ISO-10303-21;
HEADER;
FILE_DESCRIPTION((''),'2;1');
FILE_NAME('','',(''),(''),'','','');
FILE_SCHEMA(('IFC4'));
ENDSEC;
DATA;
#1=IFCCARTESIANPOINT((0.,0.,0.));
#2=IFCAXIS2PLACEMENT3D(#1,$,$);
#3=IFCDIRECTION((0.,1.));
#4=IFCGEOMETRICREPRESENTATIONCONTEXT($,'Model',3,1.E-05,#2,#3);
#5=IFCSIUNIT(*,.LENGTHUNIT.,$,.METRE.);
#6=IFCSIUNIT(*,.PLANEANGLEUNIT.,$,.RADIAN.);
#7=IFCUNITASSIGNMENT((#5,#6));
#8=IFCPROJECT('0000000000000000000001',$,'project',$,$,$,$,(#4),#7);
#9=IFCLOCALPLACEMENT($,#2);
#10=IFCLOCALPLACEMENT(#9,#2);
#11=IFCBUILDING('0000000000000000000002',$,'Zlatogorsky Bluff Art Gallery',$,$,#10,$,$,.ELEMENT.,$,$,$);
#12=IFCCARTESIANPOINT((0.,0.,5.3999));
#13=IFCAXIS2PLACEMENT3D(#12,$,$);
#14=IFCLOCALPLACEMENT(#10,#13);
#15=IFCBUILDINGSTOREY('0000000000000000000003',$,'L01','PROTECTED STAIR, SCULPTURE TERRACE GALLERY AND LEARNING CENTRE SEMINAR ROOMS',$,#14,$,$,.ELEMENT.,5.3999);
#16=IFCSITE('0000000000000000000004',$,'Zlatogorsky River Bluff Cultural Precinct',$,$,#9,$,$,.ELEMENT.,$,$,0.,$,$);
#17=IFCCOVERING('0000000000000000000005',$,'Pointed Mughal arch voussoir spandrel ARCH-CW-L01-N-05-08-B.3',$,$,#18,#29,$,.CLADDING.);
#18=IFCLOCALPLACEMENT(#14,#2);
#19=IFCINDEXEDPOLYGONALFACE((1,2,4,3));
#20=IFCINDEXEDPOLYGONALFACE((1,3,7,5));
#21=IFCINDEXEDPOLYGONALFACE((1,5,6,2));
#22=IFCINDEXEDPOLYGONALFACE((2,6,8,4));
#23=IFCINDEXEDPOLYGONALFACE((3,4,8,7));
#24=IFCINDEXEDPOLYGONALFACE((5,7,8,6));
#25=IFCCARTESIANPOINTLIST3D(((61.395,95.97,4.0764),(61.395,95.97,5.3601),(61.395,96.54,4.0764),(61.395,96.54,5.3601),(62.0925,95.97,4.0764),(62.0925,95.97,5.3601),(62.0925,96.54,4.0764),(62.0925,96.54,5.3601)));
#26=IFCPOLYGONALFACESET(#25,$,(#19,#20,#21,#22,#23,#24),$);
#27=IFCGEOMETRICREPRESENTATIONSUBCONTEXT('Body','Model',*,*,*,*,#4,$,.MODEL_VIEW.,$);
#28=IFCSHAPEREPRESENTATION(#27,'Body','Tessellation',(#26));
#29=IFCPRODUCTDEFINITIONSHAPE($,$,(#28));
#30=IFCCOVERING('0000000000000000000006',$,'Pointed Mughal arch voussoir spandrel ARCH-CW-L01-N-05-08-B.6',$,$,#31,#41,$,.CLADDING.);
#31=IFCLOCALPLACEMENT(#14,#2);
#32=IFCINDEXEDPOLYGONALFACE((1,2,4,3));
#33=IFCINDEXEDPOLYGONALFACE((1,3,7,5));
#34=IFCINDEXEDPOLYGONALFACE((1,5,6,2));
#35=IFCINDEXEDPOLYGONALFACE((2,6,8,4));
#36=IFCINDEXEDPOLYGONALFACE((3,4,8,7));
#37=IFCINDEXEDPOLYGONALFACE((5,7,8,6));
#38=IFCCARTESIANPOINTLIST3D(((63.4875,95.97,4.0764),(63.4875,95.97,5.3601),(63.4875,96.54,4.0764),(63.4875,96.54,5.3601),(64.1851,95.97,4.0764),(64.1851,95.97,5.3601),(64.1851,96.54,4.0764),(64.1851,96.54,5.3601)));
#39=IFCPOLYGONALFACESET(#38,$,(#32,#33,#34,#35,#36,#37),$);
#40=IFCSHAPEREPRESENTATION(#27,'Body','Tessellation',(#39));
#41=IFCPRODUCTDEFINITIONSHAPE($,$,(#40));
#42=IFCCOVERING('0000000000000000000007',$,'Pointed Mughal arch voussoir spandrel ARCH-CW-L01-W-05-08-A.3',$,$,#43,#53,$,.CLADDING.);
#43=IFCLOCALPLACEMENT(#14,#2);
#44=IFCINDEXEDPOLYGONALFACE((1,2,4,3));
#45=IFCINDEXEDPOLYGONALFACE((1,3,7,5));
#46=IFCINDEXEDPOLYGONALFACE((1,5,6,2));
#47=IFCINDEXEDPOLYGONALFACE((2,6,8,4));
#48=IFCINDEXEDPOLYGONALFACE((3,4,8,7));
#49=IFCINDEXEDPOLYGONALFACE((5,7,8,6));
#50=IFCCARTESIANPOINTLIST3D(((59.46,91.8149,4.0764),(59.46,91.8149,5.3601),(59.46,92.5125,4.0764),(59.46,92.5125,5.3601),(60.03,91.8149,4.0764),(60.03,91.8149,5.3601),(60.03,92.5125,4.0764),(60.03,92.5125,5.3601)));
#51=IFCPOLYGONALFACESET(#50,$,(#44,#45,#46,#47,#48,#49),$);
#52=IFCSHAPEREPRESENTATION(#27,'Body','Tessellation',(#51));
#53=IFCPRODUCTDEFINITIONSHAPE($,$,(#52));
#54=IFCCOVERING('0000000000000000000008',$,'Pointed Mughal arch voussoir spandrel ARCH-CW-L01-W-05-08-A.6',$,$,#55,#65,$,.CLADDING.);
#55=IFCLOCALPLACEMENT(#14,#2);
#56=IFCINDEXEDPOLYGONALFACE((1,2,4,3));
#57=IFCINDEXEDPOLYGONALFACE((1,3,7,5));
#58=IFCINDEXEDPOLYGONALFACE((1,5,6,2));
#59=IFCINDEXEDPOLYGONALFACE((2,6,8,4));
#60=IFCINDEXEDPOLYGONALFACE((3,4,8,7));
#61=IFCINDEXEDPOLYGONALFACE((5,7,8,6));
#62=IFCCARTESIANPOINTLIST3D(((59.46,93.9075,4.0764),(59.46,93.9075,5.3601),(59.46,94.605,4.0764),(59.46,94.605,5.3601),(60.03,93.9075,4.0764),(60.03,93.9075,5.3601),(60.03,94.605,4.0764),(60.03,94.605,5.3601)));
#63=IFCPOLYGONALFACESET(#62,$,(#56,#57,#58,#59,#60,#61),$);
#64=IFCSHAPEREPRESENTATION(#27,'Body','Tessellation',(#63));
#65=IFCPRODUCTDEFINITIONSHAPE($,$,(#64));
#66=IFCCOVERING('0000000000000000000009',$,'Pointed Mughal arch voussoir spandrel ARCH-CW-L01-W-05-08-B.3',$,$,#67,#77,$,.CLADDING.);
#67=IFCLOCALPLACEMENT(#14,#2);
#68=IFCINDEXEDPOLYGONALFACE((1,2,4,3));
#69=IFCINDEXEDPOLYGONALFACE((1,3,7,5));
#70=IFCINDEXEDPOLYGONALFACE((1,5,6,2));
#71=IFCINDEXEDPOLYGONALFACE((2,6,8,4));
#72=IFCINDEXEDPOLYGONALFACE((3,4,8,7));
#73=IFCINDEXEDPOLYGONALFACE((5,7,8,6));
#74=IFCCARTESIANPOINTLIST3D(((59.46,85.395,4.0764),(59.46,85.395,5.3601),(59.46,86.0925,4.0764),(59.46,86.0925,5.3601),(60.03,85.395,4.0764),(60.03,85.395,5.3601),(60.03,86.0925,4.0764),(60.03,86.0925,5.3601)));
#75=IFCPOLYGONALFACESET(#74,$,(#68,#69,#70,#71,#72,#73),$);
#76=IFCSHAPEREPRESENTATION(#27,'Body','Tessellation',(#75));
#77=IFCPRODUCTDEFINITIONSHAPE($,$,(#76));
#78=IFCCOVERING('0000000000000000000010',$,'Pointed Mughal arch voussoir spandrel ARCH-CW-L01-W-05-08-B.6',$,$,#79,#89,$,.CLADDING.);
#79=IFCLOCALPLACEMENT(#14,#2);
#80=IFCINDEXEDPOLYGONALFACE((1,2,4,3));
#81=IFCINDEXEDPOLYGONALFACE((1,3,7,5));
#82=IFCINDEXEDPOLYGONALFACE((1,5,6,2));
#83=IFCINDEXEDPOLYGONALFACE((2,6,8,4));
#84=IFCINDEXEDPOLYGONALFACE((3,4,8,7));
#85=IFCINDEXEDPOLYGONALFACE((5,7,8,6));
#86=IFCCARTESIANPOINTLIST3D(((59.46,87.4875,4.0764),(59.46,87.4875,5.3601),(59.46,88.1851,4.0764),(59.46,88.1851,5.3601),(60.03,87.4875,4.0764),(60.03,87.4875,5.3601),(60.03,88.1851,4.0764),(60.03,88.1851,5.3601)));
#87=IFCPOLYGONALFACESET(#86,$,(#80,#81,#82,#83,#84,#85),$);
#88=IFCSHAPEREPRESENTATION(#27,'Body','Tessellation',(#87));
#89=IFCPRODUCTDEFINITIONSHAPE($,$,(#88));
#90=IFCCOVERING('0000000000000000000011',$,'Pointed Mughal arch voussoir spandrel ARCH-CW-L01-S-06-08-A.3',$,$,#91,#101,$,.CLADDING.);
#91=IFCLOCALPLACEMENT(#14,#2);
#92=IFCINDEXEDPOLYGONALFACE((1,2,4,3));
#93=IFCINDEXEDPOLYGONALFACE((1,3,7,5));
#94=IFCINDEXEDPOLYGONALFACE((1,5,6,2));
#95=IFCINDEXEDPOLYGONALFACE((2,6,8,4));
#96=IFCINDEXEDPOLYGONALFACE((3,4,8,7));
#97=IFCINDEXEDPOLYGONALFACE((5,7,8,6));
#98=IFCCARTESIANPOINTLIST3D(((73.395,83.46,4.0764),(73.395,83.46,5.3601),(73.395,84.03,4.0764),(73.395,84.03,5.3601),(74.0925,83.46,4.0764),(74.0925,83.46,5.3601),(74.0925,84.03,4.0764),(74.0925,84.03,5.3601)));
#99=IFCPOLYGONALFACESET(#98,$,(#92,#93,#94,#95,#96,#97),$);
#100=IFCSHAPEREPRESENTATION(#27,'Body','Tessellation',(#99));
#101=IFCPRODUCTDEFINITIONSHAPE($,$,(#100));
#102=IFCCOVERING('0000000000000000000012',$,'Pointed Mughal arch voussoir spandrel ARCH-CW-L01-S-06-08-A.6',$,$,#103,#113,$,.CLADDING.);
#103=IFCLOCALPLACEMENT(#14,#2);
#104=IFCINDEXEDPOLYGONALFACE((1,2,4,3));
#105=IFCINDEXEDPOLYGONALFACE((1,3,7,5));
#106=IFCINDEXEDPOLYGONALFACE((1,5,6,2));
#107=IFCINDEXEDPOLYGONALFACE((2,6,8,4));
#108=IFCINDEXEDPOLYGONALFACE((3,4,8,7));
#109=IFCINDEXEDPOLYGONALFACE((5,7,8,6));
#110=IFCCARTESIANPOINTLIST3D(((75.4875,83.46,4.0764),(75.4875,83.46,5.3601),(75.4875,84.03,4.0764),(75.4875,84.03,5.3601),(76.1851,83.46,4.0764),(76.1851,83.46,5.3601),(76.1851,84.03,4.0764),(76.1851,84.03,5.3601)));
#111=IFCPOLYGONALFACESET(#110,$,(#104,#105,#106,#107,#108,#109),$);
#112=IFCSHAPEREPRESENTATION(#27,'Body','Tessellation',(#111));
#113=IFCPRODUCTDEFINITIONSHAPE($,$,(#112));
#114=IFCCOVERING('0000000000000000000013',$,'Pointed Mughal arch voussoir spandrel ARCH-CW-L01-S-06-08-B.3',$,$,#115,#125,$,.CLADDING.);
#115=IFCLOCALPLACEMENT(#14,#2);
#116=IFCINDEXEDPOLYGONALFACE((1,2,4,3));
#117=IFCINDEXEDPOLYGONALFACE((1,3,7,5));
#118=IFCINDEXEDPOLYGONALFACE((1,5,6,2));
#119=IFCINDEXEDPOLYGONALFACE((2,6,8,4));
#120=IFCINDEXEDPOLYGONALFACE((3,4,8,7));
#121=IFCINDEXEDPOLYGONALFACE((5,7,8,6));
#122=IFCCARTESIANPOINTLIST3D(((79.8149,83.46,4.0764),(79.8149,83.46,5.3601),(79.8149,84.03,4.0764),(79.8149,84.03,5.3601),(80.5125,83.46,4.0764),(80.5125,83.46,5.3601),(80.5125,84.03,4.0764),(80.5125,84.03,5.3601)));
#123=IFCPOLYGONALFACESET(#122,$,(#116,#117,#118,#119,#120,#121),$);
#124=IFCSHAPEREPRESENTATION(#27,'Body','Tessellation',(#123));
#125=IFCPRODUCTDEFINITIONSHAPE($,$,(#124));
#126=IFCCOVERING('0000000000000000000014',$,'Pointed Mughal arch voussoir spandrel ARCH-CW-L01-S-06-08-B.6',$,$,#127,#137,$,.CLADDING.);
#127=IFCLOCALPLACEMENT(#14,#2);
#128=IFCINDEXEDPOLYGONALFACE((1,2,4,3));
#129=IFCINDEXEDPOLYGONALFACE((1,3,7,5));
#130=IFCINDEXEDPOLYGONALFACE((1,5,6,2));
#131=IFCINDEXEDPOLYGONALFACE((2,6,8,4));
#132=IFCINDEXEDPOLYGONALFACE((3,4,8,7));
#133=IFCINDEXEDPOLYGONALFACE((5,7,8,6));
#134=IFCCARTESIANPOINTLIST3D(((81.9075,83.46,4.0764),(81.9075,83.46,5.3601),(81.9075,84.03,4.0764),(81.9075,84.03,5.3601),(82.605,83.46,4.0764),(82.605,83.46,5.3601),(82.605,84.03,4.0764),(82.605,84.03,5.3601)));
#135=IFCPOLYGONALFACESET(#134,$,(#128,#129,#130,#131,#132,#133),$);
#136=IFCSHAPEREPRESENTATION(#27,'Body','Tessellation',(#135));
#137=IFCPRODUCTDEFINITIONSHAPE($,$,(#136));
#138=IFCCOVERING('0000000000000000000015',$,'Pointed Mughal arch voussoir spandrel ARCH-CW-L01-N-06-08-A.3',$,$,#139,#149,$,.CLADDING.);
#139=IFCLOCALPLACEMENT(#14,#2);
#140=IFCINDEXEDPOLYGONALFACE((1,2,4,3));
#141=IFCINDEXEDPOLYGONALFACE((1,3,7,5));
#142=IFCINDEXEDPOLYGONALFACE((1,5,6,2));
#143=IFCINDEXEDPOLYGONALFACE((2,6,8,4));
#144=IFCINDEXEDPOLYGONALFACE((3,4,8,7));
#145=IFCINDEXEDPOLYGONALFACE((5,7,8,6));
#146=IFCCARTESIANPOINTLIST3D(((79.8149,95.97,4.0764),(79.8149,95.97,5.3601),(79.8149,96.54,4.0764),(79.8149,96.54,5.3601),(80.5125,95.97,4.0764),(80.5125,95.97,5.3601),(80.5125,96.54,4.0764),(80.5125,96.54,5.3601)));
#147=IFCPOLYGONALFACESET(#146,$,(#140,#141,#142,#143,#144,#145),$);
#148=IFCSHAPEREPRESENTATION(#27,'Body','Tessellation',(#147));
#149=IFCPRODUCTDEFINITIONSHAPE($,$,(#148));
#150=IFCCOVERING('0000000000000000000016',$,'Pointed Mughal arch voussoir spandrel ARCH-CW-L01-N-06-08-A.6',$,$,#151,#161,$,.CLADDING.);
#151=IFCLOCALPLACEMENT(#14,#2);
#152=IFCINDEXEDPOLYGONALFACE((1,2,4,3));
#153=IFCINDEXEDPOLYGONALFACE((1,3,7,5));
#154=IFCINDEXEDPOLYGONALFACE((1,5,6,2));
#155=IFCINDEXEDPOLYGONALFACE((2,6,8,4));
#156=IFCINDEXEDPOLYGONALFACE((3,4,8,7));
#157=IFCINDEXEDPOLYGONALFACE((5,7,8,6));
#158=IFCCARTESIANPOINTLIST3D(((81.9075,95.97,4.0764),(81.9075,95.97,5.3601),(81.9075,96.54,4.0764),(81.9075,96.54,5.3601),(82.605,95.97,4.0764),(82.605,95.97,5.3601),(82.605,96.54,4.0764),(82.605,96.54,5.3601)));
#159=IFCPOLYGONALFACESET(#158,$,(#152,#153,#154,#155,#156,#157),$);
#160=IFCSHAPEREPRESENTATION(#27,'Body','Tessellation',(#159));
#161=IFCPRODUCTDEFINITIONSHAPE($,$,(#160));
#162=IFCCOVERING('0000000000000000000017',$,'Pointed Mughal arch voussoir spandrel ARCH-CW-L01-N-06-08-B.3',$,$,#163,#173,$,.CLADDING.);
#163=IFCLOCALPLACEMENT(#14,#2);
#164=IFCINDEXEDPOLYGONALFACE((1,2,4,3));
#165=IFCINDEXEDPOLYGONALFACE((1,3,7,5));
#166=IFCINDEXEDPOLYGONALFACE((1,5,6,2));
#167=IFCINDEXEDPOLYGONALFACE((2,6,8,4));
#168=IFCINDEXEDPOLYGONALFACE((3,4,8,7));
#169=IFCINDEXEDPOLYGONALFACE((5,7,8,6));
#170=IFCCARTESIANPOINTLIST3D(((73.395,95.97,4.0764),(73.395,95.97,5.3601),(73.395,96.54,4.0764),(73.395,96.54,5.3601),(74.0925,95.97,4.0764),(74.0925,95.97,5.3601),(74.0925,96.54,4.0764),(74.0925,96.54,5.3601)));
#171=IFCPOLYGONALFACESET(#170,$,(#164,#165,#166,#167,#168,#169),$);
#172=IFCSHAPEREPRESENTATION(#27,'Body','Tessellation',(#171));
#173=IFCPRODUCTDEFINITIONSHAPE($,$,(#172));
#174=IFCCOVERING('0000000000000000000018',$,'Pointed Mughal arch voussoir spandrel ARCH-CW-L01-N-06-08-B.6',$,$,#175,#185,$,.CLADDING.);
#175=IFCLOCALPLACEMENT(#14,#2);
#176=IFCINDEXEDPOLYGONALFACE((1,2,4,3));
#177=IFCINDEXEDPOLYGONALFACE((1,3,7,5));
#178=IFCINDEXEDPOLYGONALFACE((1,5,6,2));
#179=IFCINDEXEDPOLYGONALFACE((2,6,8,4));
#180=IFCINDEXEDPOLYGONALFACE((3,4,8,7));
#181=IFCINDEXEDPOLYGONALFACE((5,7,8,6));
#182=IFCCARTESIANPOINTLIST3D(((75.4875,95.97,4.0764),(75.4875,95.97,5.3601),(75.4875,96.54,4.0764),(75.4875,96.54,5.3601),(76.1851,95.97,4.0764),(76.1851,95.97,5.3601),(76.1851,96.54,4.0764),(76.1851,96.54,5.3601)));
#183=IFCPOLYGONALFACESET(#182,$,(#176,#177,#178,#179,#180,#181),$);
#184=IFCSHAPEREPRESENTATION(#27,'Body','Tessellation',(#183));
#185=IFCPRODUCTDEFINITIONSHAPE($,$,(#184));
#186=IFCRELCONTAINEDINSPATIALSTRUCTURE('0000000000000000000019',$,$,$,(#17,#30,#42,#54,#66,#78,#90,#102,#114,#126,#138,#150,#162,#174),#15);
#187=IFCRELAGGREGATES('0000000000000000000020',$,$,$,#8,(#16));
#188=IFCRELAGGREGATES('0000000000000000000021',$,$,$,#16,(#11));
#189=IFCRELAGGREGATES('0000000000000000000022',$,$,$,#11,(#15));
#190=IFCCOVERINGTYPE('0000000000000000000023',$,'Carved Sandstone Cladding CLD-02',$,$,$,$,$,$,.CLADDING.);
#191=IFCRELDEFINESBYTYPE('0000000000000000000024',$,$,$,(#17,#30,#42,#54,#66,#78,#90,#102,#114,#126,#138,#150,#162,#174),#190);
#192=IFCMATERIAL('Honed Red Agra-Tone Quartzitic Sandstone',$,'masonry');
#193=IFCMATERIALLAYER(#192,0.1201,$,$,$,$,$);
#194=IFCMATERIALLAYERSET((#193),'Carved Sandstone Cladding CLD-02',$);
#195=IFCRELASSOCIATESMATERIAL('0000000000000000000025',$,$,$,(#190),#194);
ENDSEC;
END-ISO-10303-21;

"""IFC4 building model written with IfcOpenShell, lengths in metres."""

from ifc_helpers import new_model, si_unit, direction, frame, origin, place, context, subcontext, project, spatial, polyline, outline, extrude, material, layer, layer_set, type_object, element, save


model = new_model("IFC4")

# Units and contexts
model_context = context("Model", 3, precision=1e-05, world=origin(), true_north=direction((0.0, 1.0)))
body_context = subcontext(model_context, "Body", "Model", "MODEL_VIEW")
ifc_project = project(units=[si_unit("LENGTHUNIT", "METRE"), si_unit("PLANEANGLEUNIT", "RADIAN")], contexts=[model_context])

# Site, building, storey
site_placement = place(None, origin())
site = spatial("IfcSite", under=ifc_project, at=site_placement, Name="Zlatogorsky River Bluff Cultural Precinct", CompositionType="ELEMENT", RefElevation=0.0)
building_placement = place(site_placement, origin())
building = spatial("IfcBuilding", under=site, at=building_placement, Name="Zlatogorsky Bluff Art Gallery", CompositionType="ELEMENT")
storey_placement = place(building_placement, frame((0.0, 0.0, 5.3999)))
storey = spatial("IfcBuildingStorey", under=building, at=storey_placement, Name="L01", Description="PROTECTED STAIR, SCULPTURE TERRACE GALLERY AND LEARNING CENTRE SEMINAR ROOMS", CompositionType="ELEMENT", Elevation=5.3999)

# Coverings
ifc_material = material(Name="Honed Red Agra-Tone Quartzitic Sandstone", Category="masonry")
ifc_layer = layer(ifc_material, 0.1201)
ifc_layer_set = layer_set([ifc_layer], Name="Carved Sandstone Cladding CLD-02")
covering_type = type_object("IfcCoveringType", Name="Carved Sandstone Cladding CLD-02", PredefinedType="CLADDING", material=ifc_layer_set)
covering_1_placement = place(storey_placement, frame((0.0, 0.0, 4.0764)))
element("IfcCovering", 1, at=covering_1_placement, inside=storey, type_object=covering_type, Name="Pointed Mughal arch voussoir spandrel ARCH-CW-L01-N-05-08-B.3", PredefinedType="CLADDING", context=body_context, shape_type="SweptSolid", body=[
    extrude(outline(polyline([(61.395, 95.97), (62.0925, 95.97), (62.0925, 96.54), (61.395, 96.54), (61.395, 95.97)])), origin(), (0.0, 0.0, 1.0), 1.2837),
])
covering_2_placement = place(storey_placement, frame((0.0, 0.0, 4.0764)))
element("IfcCovering", 2, at=covering_2_placement, inside=storey, type_object=covering_type, Name="Pointed Mughal arch voussoir spandrel ARCH-CW-L01-N-05-08-B.6", PredefinedType="CLADDING", context=body_context, shape_type="SweptSolid", body=[
    extrude(outline(polyline([(63.4875, 95.97), (64.1851, 95.97), (64.1851, 96.54), (63.4875, 96.54), (63.4875, 95.97)])), origin(), (0.0, 0.0, 1.0), 1.2837),
])
covering_3_placement = place(storey_placement, frame((0.0, 0.0, 4.0764)))
element("IfcCovering", 3, at=covering_3_placement, inside=storey, type_object=covering_type, Name="Pointed Mughal arch voussoir spandrel ARCH-CW-L01-W-05-08-A.3", PredefinedType="CLADDING", context=body_context, shape_type="SweptSolid", body=[
    extrude(outline(polyline([(59.46, 91.8149), (59.46, 92.5125), (60.03, 92.5125), (60.03, 91.8149), (59.46, 91.8149)])), origin(), (0.0, 0.0, 1.0), 1.2837),
])
covering_4_placement = place(storey_placement, frame((0.0, 0.0, 4.0764)))
element("IfcCovering", 4, at=covering_4_placement, inside=storey, type_object=covering_type, Name="Pointed Mughal arch voussoir spandrel ARCH-CW-L01-W-05-08-A.6", PredefinedType="CLADDING", context=body_context, shape_type="SweptSolid", body=[
    extrude(outline(polyline([(59.46, 93.9075), (59.46, 94.605), (60.03, 94.605), (60.03, 93.9075), (59.46, 93.9075)])), origin(), (0.0, 0.0, 1.0), 1.2837),
])
covering_5_placement = place(storey_placement, frame((0.0, 0.0, 4.0764)))
element("IfcCovering", 5, at=covering_5_placement, inside=storey, type_object=covering_type, Name="Pointed Mughal arch voussoir spandrel ARCH-CW-L01-W-05-08-B.3", PredefinedType="CLADDING", context=body_context, shape_type="SweptSolid", body=[
    extrude(outline(polyline([(59.46, 85.395), (59.46, 86.0925), (60.03, 86.0925), (60.03, 85.395), (59.46, 85.395)])), origin(), (0.0, 0.0, 1.0), 1.2837),
])
covering_6_placement = place(storey_placement, frame((0.0, 0.0, 4.0764)))
element("IfcCovering", 6, at=covering_6_placement, inside=storey, type_object=covering_type, Name="Pointed Mughal arch voussoir spandrel ARCH-CW-L01-W-05-08-B.6", PredefinedType="CLADDING", context=body_context, shape_type="SweptSolid", body=[
    extrude(outline(polyline([(59.46, 87.4875), (59.46, 88.1851), (60.03, 88.1851), (60.03, 87.4875), (59.46, 87.4875)])), origin(), (0.0, 0.0, 1.0), 1.2837),
])
covering_7_placement = place(storey_placement, frame((0.0, 0.0, 4.0764)))
element("IfcCovering", 7, at=covering_7_placement, inside=storey, type_object=covering_type, Name="Pointed Mughal arch voussoir spandrel ARCH-CW-L01-S-06-08-A.3", PredefinedType="CLADDING", context=body_context, shape_type="SweptSolid", body=[
    extrude(outline(polyline([(73.395, 83.46), (74.0925, 83.46), (74.0925, 84.03), (73.395, 84.03), (73.395, 83.46)])), origin(), (0.0, 0.0, 1.0), 1.2837),
])
covering_8_placement = place(storey_placement, frame((0.0, 0.0, 4.0764)))
element("IfcCovering", 8, at=covering_8_placement, inside=storey, type_object=covering_type, Name="Pointed Mughal arch voussoir spandrel ARCH-CW-L01-S-06-08-A.6", PredefinedType="CLADDING", context=body_context, shape_type="SweptSolid", body=[
    extrude(outline(polyline([(75.4875, 83.46), (76.1851, 83.46), (76.1851, 84.03), (75.4875, 84.03), (75.4875, 83.46)])), origin(), (0.0, 0.0, 1.0), 1.2837),
])
covering_9_placement = place(storey_placement, frame((0.0, 0.0, 4.0764)))
element("IfcCovering", 9, at=covering_9_placement, inside=storey, type_object=covering_type, Name="Pointed Mughal arch voussoir spandrel ARCH-CW-L01-S-06-08-B.3", PredefinedType="CLADDING", context=body_context, shape_type="SweptSolid", body=[
    extrude(outline(polyline([(79.8149, 83.46), (80.5125, 83.46), (80.5125, 84.03), (79.8149, 84.03), (79.8149, 83.46)])), origin(), (0.0, 0.0, 1.0), 1.2837),
])
covering_10_placement = place(storey_placement, frame((0.0, 0.0, 4.0764)))
element("IfcCovering", 10, at=covering_10_placement, inside=storey, type_object=covering_type, Name="Pointed Mughal arch voussoir spandrel ARCH-CW-L01-S-06-08-B.6", PredefinedType="CLADDING", context=body_context, shape_type="SweptSolid", body=[
    extrude(outline(polyline([(81.9075, 83.46), (82.605, 83.46), (82.605, 84.03), (81.9075, 84.03), (81.9075, 83.46)])), origin(), (0.0, 0.0, 1.0), 1.2837),
])
covering_11_placement = place(storey_placement, frame((0.0, 0.0, 4.0764)))
element("IfcCovering", 11, at=covering_11_placement, inside=storey, type_object=covering_type, Name="Pointed Mughal arch voussoir spandrel ARCH-CW-L01-N-06-08-A.3", PredefinedType="CLADDING", context=body_context, shape_type="SweptSolid", body=[
    extrude(outline(polyline([(79.8149, 95.97), (80.5125, 95.97), (80.5125, 96.54), (79.8149, 96.54), (79.8149, 95.97)])), origin(), (0.0, 0.0, 1.0), 1.2837),
])
covering_12_placement = place(storey_placement, frame((0.0, 0.0, 4.0764)))
element("IfcCovering", 12, at=covering_12_placement, inside=storey, type_object=covering_type, Name="Pointed Mughal arch voussoir spandrel ARCH-CW-L01-N-06-08-A.6", PredefinedType="CLADDING", context=body_context, shape_type="SweptSolid", body=[
    extrude(outline(polyline([(81.9075, 95.97), (82.605, 95.97), (82.605, 96.54), (81.9075, 96.54), (81.9075, 95.97)])), origin(), (0.0, 0.0, 1.0), 1.2837),
])
covering_13_placement = place(storey_placement, frame((0.0, 0.0, 4.0764)))
element("IfcCovering", 13, at=covering_13_placement, inside=storey, type_object=covering_type, Name="Pointed Mughal arch voussoir spandrel ARCH-CW-L01-N-06-08-B.3", PredefinedType="CLADDING", context=body_context, shape_type="SweptSolid", body=[
    extrude(outline(polyline([(73.395, 95.97), (74.0925, 95.97), (74.0925, 96.54), (73.395, 96.54), (73.395, 95.97)])), origin(), (0.0, 0.0, 1.0), 1.2837),
])
covering_14_placement = place(storey_placement, frame((0.0, 0.0, 4.0764)))
element("IfcCovering", 14, at=covering_14_placement, inside=storey, type_object=covering_type, Name="Pointed Mughal arch voussoir spandrel ARCH-CW-L01-N-06-08-B.6", PredefinedType="CLADDING", context=body_context, shape_type="SweptSolid", body=[
    extrude(outline(polyline([(75.4875, 95.97), (76.1851, 95.97), (76.1851, 96.54), (75.4875, 96.54), (75.4875, 95.97)])), origin(), (0.0, 0.0, 1.0), 1.2837),
])

save(model, "model.ifc")
